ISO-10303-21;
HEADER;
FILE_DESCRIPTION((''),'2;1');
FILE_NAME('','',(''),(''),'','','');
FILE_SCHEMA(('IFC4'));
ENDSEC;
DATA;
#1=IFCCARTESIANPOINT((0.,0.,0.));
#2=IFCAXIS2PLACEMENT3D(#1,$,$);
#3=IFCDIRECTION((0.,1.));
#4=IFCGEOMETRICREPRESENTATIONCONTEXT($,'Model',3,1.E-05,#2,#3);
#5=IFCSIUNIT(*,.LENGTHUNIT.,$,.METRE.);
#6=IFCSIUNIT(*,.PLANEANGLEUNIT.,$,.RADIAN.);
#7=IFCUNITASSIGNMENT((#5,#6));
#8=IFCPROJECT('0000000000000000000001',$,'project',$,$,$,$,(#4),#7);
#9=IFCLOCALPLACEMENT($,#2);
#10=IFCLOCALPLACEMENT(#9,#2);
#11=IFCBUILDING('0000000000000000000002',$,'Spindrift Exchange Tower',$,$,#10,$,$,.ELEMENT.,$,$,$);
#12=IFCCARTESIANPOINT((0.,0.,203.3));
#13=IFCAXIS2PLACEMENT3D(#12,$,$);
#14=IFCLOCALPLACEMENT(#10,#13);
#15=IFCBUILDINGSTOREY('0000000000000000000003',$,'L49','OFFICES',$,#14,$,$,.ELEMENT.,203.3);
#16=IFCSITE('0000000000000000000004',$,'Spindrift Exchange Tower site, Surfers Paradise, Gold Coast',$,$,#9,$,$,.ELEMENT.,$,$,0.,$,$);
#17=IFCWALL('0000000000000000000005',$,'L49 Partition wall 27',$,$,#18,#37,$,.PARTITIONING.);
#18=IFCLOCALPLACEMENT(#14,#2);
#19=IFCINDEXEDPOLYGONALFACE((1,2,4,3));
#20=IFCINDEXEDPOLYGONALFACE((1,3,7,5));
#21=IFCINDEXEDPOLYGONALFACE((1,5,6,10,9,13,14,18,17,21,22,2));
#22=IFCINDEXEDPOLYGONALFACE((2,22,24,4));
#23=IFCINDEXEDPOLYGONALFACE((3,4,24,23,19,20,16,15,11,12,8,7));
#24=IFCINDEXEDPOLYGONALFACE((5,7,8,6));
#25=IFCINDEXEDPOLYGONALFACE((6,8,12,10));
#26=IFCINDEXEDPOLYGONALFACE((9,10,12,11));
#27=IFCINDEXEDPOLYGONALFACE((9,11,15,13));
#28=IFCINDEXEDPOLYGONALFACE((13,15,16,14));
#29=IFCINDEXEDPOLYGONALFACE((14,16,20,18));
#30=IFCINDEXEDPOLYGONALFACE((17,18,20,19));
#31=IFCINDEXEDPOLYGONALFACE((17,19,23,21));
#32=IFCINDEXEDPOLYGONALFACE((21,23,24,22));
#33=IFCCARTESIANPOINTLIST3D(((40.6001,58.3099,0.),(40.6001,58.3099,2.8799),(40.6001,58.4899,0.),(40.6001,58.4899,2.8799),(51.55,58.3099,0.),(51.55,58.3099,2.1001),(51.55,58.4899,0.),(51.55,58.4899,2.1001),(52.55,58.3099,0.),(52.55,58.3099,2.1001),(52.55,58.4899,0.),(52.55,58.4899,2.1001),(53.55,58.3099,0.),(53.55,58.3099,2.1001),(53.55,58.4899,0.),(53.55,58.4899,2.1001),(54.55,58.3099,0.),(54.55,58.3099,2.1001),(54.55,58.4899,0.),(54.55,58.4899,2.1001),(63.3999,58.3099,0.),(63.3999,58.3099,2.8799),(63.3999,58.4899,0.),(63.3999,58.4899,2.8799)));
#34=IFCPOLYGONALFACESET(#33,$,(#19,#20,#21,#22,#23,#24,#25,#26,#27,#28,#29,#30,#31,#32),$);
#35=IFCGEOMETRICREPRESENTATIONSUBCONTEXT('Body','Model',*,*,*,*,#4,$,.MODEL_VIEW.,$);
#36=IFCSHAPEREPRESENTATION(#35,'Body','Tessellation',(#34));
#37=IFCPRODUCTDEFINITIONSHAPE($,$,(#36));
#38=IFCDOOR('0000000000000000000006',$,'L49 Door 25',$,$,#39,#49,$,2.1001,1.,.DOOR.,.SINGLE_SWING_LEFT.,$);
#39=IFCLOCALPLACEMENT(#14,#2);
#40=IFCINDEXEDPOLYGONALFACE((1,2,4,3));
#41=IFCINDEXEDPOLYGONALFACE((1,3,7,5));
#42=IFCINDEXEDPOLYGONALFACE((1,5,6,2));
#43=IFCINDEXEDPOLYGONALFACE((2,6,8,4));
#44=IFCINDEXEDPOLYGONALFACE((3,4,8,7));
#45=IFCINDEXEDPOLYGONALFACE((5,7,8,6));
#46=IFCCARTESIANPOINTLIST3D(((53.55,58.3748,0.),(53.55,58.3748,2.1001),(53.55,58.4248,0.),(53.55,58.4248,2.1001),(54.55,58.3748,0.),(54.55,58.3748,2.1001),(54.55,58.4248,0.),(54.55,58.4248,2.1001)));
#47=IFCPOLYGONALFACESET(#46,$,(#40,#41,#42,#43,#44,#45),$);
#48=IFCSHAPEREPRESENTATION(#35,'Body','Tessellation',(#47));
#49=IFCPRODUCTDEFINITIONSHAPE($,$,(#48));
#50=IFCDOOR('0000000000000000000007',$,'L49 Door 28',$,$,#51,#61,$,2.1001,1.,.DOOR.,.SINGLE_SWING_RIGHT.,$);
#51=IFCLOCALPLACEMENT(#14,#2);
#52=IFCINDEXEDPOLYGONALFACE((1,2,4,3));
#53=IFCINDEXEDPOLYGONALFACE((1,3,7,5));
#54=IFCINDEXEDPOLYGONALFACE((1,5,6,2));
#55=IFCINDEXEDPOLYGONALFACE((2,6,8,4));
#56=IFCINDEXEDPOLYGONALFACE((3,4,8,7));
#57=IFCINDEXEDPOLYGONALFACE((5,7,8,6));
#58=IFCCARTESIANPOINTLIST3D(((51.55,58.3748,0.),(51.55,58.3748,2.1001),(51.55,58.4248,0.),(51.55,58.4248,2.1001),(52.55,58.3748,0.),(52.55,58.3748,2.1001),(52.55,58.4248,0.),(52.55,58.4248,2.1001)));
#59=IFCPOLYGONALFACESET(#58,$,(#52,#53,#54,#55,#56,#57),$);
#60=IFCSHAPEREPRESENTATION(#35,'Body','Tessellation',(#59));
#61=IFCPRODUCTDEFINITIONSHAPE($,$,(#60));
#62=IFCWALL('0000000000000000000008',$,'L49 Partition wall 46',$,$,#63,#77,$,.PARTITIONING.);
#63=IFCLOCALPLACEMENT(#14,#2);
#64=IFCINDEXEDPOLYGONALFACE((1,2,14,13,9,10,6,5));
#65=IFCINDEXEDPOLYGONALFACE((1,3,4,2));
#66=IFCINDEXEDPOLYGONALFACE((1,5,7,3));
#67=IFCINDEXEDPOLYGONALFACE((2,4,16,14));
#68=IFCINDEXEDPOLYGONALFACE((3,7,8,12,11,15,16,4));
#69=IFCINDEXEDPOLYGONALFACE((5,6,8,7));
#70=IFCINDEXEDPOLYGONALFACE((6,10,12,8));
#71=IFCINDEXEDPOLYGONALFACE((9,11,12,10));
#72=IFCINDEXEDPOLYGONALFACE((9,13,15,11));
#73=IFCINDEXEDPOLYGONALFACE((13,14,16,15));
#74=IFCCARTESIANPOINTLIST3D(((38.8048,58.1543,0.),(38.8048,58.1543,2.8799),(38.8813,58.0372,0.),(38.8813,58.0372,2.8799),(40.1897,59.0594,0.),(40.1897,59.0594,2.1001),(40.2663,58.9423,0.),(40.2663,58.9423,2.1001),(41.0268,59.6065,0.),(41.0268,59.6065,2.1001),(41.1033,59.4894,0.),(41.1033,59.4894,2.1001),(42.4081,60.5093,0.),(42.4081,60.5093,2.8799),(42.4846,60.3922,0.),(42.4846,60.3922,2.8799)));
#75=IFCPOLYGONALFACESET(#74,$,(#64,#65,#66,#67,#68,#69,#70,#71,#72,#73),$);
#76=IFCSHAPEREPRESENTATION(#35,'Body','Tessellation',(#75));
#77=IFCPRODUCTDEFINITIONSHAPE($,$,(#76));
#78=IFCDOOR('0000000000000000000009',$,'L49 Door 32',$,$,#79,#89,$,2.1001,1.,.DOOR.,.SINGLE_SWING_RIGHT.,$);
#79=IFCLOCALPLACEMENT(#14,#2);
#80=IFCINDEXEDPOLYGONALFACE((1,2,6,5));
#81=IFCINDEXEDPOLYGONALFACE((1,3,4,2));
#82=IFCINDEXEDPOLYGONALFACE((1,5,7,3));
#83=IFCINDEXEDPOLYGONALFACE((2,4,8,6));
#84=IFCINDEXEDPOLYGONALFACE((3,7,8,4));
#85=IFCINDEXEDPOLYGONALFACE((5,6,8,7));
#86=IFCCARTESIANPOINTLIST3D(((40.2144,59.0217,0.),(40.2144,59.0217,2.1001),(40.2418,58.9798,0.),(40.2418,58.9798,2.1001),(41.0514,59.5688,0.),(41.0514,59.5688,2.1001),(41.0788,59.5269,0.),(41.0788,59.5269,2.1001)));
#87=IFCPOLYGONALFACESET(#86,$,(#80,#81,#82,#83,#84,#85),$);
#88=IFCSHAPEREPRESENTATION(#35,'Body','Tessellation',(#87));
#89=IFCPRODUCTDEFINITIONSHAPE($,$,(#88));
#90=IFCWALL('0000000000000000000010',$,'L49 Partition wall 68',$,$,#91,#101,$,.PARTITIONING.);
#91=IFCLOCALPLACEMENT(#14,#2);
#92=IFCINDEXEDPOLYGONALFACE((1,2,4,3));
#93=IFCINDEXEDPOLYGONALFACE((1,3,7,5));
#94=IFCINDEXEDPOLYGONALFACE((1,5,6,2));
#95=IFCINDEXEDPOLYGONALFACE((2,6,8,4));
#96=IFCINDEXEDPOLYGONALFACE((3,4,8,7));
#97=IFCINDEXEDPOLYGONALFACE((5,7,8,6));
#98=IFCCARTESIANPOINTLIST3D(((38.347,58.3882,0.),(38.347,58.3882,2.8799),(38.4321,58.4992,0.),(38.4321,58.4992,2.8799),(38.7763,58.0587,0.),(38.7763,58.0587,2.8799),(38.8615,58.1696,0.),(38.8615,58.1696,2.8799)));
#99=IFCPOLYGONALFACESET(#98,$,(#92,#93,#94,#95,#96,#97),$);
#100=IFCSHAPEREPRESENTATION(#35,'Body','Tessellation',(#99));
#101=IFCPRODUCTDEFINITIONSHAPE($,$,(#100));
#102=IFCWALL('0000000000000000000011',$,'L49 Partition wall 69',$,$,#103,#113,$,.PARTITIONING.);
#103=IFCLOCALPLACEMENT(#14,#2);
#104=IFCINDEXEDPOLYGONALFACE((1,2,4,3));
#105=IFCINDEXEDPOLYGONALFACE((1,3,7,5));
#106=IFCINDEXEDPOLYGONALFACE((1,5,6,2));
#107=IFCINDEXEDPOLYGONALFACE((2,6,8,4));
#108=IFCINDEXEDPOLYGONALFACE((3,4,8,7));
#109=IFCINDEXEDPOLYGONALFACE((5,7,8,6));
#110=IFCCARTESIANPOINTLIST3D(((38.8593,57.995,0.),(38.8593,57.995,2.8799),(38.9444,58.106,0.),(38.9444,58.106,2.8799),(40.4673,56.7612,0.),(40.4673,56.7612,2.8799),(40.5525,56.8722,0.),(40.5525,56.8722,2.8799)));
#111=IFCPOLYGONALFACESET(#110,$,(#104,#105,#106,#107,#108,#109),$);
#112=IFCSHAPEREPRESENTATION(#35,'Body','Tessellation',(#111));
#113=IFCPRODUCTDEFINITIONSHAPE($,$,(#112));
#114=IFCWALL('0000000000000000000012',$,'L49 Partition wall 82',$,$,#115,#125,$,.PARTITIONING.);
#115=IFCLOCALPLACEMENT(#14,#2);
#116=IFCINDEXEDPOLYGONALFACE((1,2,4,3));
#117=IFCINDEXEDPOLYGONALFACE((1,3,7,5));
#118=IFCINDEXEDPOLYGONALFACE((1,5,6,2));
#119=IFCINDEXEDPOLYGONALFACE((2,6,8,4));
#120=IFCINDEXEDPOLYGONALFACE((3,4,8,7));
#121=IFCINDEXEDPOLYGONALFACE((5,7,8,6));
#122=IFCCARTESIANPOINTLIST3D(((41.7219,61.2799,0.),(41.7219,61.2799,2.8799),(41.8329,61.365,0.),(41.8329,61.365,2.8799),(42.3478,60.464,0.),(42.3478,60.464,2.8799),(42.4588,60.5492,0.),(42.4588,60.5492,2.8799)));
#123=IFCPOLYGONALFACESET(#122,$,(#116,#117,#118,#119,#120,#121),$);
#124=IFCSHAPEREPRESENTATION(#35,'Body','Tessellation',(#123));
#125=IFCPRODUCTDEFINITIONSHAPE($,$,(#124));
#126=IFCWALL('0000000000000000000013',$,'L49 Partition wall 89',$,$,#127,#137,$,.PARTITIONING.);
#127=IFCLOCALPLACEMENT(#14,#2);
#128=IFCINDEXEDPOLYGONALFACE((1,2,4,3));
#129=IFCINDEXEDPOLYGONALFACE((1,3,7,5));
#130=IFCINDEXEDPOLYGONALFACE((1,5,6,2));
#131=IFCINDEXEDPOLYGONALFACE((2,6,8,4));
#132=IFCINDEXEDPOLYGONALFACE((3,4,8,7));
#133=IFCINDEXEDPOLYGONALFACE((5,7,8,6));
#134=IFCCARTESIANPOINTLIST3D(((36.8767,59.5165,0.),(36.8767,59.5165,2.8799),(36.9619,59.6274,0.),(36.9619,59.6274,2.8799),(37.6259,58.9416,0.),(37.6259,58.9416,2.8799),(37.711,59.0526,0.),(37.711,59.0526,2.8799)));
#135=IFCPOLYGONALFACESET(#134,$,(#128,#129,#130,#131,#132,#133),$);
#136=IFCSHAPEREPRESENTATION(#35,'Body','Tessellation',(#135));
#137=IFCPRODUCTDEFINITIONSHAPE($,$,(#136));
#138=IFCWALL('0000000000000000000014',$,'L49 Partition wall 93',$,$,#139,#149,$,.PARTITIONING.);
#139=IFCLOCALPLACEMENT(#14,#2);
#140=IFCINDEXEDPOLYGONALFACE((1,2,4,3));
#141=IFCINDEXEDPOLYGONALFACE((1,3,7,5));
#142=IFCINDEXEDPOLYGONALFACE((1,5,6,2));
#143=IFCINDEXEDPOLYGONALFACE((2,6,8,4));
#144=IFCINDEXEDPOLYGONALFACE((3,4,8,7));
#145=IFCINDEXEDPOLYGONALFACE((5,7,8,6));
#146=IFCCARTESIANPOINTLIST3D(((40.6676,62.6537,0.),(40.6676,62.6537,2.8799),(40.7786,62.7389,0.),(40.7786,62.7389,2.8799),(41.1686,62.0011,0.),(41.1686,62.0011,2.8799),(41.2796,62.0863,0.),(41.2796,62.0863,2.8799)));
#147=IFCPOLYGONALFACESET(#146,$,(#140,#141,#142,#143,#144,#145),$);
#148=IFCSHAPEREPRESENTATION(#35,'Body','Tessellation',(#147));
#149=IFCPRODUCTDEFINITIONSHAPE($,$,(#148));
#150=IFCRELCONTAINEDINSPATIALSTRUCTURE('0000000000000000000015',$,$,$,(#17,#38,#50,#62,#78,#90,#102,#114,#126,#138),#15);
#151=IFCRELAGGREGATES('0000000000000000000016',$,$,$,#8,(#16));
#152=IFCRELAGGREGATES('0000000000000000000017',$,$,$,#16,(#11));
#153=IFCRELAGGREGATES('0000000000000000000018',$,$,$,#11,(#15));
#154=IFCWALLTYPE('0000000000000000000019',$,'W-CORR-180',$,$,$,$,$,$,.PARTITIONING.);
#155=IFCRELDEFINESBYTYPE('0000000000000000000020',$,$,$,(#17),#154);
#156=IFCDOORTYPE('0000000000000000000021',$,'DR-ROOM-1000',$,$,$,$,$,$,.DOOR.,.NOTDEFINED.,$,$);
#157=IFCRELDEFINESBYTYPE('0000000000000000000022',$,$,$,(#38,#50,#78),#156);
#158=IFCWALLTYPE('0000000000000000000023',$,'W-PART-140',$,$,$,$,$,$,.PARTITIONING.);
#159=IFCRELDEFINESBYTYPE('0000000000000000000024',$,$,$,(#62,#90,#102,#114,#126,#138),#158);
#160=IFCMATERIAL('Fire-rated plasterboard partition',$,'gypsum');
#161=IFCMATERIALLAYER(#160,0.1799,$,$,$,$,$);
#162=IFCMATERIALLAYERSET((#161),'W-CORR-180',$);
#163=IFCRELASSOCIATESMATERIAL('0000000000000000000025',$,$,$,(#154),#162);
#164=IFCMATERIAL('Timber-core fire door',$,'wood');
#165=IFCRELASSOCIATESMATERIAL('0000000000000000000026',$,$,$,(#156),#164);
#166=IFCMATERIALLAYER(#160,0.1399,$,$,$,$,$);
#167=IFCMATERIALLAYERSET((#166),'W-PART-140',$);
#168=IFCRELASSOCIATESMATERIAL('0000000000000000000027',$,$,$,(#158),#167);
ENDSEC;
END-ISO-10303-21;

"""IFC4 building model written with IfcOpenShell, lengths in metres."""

from ifc_helpers import new_model, si_unit, direction, frame, frame_2d, origin, place, context, subcontext, project, spatial, rectangle, extrude, source, transform, mapped, material, layer, layer_set, type_object, element, fill, save


model = new_model("IFC4")

# Units and contexts
model_context = context("Model", 3, precision=1e-05, world=origin(), true_north=direction((0.0, 1.0)))
body_context = subcontext(model_context, "Body", "Model", "MODEL_VIEW")
ifc_project = project(units=[si_unit("LENGTHUNIT", "METRE"), si_unit("PLANEANGLEUNIT", "RADIAN")], contexts=[model_context])

# Site, building, storey
site_placement = place(None, origin())
site = spatial("IfcSite", under=ifc_project, at=site_placement, Name="Spindrift Exchange Tower site, Surfers Paradise, Gold Coast", CompositionType="ELEMENT", RefElevation=0.0)
building_placement = place(site_placement, origin())
building = spatial("IfcBuilding", under=site, at=building_placement, Name="Spindrift Exchange Tower", CompositionType="ELEMENT")
storey_placement = place(building_placement, frame((0.0, 0.0, 203.3)))
storey = spatial("IfcBuildingStorey", under=building, at=storey_placement, Name="L49", Description="OFFICES", CompositionType="ELEMENT", Elevation=203.3)

# Wall, openings, doors
ifc_material_1 = material(Name="Fire-rated plasterboard partition", Category="gypsum")
ifc_layer_1 = layer(ifc_material_1, 0.1799)
ifc_layer_set_1 = layer_set([ifc_layer_1], Name="W-CORR-180")
wall_type_1 = type_object("IfcWallType", Name="W-CORR-180", PredefinedType="PARTITIONING", material=ifc_layer_set_1)
wall_1_placement = place(storey_placement, frame((40.6001, 58.3999, 0.0), z_axis=(0.0, 0.0, 1.0), x_axis=(1.0, 0.0, 0.0)))
wall_1 = element("IfcWall", 1, at=wall_1_placement, inside=storey, type_object=wall_type_1, Name="L49 Partition wall 27", PredefinedType="PARTITIONING", context=body_context, shape_type="SweptSolid", body=[
    extrude(rectangle(XDim=22.7998, YDim=0.1799, at=frame_2d((11.3999, 0.0))), origin(), (0.0, 0.0, 1.0), 2.8799),
])
opening_1_placement = place(wall_1_placement, frame((12.95, 0.0, 0.0)))
opening_1 = element("IfcOpeningElement", 2, at=opening_1_placement, cuts=wall_1, PredefinedType="OPENING", context=body_context, shape_type="SweptSolid", body=[
    extrude(rectangle(XDim=1.0, YDim=2.1001, at=frame_2d((0.5, 1.05))), frame((0.0, 0.0999, 0.0), z_axis=(0.0, -1.0, 0.0), x_axis=(1.0, 0.0, 0.0)), (0.0, 0.0, 1.0), 0.2),
])
opening_2_placement = place(wall_1_placement, frame((10.95, 0.0, 0.0)))
opening_2 = element("IfcOpeningElement", 3, at=opening_2_placement, cuts=wall_1, PredefinedType="OPENING", context=body_context, shape_type="SweptSolid", body=[
    extrude(rectangle(XDim=1.0, YDim=2.1001, at=frame_2d((0.5, 1.05))), frame((0.0, 0.0999, 0.0), z_axis=(0.0, -1.0, 0.0), x_axis=(1.0, 0.0, 0.0)), (0.0, 0.0, 1.0), 0.2),
])
ifc_material_2 = material(Name="Timber-core fire door", Category="wood")
door_type = type_object("IfcDoorType", Name="DR-ROOM-1000", OperationType="NOTDEFINED", PredefinedType="DOOR", material=ifc_material_2)
shared_shape_1 = source(origin(), body_context, "Body", "SweptSolid", [
    extrude(rectangle(XDim=1.0, YDim=2.1001, at=frame_2d((0.5, 1.05))), frame((0.0, 0.0249, 0.0), z_axis=(0.0, -1.0, 0.0), x_axis=(1.0, 0.0, 0.0)), (0.0, 0.0, 1.0), 0.05),
])
door_1_placement = place(opening_1_placement, origin())
door_1 = element("IfcDoor", 4, at=door_1_placement, inside=storey, type_object=door_type, Name="L49 Door 25", OperationType="SINGLE_SWING_LEFT", OverallHeight=2.1001, OverallWidth=1.0, PredefinedType="DOOR", context=body_context, shape_type="MappedRepresentation", body=[
    mapped(shared_shape_1, transform((0.0, 0.0, 0.0), scale=1.0)),
])
fill(opening_1, door_1)
door_2_placement = place(opening_2_placement, origin())
door_2 = element("IfcDoor", 5, at=door_2_placement, inside=storey, type_object=door_type, Name="L49 Door 28", OperationType="SINGLE_SWING_RIGHT", OverallHeight=2.1001, OverallWidth=1.0, PredefinedType="DOOR", context=body_context, shape_type="MappedRepresentation", body=[
    mapped(shared_shape_1, transform((0.0, 0.0, 0.0), scale=1.0)),
])
fill(opening_2, door_2)

# Wall, opening, door
ifc_layer_2 = layer(ifc_material_1, 0.1399)
ifc_layer_set_2 = layer_set([ifc_layer_2], Name="W-PART-140")
wall_type_2 = type_object("IfcWallType", Name="W-PART-140", PredefinedType="PARTITIONING", material=ifc_layer_set_2)
wall_2_placement = place(storey_placement, frame((38.843, 58.0957, 0.0), z_axis=(0.0, 0.0, 1.0), x_axis=(0.837077, 0.547086, 0.0)))
wall_2 = element("IfcWall", 6, at=wall_2_placement, inside=storey, type_object=wall_type_2, Name="L49 Partition wall 46", PredefinedType="PARTITIONING", context=body_context, shape_type="SweptSolid", body=[
    extrude(rectangle(XDim=4.3047, YDim=0.1399, at=frame_2d((2.1523, 0.0))), origin(), (0.0, 0.0, 1.0), 2.8799),
])
opening_3_placement = place(wall_2_placement, frame((1.6545, 0.0, 0.0)))
opening_3 = element("IfcOpeningElement", 7, at=opening_3_placement, cuts=wall_2, PredefinedType="OPENING", context=body_context, shape_type="SweptSolid", body=[
    extrude(rectangle(XDim=1.0, YDim=2.1001, at=frame_2d((0.5, 1.05))), frame((0.0, 0.0798, 0.0), z_axis=(0.0, -1.0, 0.0), x_axis=(1.0, 0.0, 0.0)), (0.0, 0.0, 1.0), 0.1599),
])
door_3_placement = place(opening_3_placement, origin())
door_3 = element("IfcDoor", 8, at=door_3_placement, inside=storey, type_object=door_type, Name="L49 Door 32", OperationType="SINGLE_SWING_RIGHT", OverallHeight=2.1001, OverallWidth=1.0, PredefinedType="DOOR", context=body_context, shape_type="MappedRepresentation", body=[
    mapped(shared_shape_1, transform((0.0, 0.0, 0.0), scale=1.0)),
])
fill(opening_3, door_3)

# Walls
wall_3_placement = place(storey_placement, frame((38.3896, 58.4436, 0.0), z_axis=(0.0, 0.0, 1.0), x_axis=(0.793294, -0.608839, 0.0)))
element("IfcWall", 9, at=wall_3_placement, inside=storey, type_object=wall_type_2, Name="L49 Partition wall 68", PredefinedType="PARTITIONING", context=body_context, shape_type="SweptSolid", body=[
    extrude(rectangle(XDim=0.5413, YDim=0.1399, at=frame_2d((0.2705, 0.0))), origin(), (0.0, 0.0, 1.0), 2.8799),
])
wall_4_placement = place(storey_placement, frame((38.9019, 58.0505, 0.0), z_axis=(0.0, 0.0, 1.0), x_axis=(0.793376, -0.608732, 0.0)))
element("IfcWall", 10, at=wall_4_placement, inside=storey, type_object=wall_type_2, Name="L49 Partition wall 69", PredefinedType="PARTITIONING", context=body_context, shape_type="SweptSolid", body=[
    extrude(rectangle(XDim=2.0269, YDim=0.1399, at=frame_2d((1.0134, 0.0))), origin(), (0.0, 0.0, 1.0), 2.8799),
])
wall_5_placement = place(storey_placement, frame((42.4033, 60.5066, 0.0), z_axis=(0.0, 0.0, 1.0), x_axis=(-0.608701, 0.7934, 0.0)))
element("IfcWall", 11, at=wall_5_placement, inside=storey, type_object=wall_type_2, Name="L49 Partition wall 82", PredefinedType="PARTITIONING", context=body_context, shape_type="SweptSolid", body=[
    extrude(rectangle(XDim=1.0283, YDim=0.1399, at=frame_2d((0.5142, 0.0))), origin(), (0.0, 0.0, 1.0), 2.8799),
])
wall_6_placement = place(storey_placement, frame((37.6685, 58.9971, 0.0), z_axis=(0.0, 0.0, 1.0), x_axis=(-0.793344, 0.608773, 0.0)))
element("IfcWall", 12, at=wall_6_placement, inside=storey, type_object=wall_type_2, Name="L49 Partition wall 89", PredefinedType="PARTITIONING", context=body_context, shape_type="SweptSolid", body=[
    extrude(rectangle(XDim=0.9443, YDim=0.1399, at=frame_2d((0.4722, 0.0))), origin(), (0.0, 0.0, 1.0), 2.8799),
])
wall_7_placement = place(storey_placement, frame((41.2241, 62.0437, 0.0), z_axis=(0.0, 0.0, 1.0), x_axis=(-0.608936, 0.793219, 0.0)))
element("IfcWall", 13, at=wall_7_placement, inside=storey, type_object=wall_type_2, Name="L49 Partition wall 93", PredefinedType="PARTITIONING", context=body_context, shape_type="SweptSolid", body=[
    extrude(rectangle(XDim=0.8228, YDim=0.1399, at=frame_2d((0.4114, 0.0))), origin(), (0.0, 0.0, 1.0), 2.8799),
])

save(model, "model.ifc")
